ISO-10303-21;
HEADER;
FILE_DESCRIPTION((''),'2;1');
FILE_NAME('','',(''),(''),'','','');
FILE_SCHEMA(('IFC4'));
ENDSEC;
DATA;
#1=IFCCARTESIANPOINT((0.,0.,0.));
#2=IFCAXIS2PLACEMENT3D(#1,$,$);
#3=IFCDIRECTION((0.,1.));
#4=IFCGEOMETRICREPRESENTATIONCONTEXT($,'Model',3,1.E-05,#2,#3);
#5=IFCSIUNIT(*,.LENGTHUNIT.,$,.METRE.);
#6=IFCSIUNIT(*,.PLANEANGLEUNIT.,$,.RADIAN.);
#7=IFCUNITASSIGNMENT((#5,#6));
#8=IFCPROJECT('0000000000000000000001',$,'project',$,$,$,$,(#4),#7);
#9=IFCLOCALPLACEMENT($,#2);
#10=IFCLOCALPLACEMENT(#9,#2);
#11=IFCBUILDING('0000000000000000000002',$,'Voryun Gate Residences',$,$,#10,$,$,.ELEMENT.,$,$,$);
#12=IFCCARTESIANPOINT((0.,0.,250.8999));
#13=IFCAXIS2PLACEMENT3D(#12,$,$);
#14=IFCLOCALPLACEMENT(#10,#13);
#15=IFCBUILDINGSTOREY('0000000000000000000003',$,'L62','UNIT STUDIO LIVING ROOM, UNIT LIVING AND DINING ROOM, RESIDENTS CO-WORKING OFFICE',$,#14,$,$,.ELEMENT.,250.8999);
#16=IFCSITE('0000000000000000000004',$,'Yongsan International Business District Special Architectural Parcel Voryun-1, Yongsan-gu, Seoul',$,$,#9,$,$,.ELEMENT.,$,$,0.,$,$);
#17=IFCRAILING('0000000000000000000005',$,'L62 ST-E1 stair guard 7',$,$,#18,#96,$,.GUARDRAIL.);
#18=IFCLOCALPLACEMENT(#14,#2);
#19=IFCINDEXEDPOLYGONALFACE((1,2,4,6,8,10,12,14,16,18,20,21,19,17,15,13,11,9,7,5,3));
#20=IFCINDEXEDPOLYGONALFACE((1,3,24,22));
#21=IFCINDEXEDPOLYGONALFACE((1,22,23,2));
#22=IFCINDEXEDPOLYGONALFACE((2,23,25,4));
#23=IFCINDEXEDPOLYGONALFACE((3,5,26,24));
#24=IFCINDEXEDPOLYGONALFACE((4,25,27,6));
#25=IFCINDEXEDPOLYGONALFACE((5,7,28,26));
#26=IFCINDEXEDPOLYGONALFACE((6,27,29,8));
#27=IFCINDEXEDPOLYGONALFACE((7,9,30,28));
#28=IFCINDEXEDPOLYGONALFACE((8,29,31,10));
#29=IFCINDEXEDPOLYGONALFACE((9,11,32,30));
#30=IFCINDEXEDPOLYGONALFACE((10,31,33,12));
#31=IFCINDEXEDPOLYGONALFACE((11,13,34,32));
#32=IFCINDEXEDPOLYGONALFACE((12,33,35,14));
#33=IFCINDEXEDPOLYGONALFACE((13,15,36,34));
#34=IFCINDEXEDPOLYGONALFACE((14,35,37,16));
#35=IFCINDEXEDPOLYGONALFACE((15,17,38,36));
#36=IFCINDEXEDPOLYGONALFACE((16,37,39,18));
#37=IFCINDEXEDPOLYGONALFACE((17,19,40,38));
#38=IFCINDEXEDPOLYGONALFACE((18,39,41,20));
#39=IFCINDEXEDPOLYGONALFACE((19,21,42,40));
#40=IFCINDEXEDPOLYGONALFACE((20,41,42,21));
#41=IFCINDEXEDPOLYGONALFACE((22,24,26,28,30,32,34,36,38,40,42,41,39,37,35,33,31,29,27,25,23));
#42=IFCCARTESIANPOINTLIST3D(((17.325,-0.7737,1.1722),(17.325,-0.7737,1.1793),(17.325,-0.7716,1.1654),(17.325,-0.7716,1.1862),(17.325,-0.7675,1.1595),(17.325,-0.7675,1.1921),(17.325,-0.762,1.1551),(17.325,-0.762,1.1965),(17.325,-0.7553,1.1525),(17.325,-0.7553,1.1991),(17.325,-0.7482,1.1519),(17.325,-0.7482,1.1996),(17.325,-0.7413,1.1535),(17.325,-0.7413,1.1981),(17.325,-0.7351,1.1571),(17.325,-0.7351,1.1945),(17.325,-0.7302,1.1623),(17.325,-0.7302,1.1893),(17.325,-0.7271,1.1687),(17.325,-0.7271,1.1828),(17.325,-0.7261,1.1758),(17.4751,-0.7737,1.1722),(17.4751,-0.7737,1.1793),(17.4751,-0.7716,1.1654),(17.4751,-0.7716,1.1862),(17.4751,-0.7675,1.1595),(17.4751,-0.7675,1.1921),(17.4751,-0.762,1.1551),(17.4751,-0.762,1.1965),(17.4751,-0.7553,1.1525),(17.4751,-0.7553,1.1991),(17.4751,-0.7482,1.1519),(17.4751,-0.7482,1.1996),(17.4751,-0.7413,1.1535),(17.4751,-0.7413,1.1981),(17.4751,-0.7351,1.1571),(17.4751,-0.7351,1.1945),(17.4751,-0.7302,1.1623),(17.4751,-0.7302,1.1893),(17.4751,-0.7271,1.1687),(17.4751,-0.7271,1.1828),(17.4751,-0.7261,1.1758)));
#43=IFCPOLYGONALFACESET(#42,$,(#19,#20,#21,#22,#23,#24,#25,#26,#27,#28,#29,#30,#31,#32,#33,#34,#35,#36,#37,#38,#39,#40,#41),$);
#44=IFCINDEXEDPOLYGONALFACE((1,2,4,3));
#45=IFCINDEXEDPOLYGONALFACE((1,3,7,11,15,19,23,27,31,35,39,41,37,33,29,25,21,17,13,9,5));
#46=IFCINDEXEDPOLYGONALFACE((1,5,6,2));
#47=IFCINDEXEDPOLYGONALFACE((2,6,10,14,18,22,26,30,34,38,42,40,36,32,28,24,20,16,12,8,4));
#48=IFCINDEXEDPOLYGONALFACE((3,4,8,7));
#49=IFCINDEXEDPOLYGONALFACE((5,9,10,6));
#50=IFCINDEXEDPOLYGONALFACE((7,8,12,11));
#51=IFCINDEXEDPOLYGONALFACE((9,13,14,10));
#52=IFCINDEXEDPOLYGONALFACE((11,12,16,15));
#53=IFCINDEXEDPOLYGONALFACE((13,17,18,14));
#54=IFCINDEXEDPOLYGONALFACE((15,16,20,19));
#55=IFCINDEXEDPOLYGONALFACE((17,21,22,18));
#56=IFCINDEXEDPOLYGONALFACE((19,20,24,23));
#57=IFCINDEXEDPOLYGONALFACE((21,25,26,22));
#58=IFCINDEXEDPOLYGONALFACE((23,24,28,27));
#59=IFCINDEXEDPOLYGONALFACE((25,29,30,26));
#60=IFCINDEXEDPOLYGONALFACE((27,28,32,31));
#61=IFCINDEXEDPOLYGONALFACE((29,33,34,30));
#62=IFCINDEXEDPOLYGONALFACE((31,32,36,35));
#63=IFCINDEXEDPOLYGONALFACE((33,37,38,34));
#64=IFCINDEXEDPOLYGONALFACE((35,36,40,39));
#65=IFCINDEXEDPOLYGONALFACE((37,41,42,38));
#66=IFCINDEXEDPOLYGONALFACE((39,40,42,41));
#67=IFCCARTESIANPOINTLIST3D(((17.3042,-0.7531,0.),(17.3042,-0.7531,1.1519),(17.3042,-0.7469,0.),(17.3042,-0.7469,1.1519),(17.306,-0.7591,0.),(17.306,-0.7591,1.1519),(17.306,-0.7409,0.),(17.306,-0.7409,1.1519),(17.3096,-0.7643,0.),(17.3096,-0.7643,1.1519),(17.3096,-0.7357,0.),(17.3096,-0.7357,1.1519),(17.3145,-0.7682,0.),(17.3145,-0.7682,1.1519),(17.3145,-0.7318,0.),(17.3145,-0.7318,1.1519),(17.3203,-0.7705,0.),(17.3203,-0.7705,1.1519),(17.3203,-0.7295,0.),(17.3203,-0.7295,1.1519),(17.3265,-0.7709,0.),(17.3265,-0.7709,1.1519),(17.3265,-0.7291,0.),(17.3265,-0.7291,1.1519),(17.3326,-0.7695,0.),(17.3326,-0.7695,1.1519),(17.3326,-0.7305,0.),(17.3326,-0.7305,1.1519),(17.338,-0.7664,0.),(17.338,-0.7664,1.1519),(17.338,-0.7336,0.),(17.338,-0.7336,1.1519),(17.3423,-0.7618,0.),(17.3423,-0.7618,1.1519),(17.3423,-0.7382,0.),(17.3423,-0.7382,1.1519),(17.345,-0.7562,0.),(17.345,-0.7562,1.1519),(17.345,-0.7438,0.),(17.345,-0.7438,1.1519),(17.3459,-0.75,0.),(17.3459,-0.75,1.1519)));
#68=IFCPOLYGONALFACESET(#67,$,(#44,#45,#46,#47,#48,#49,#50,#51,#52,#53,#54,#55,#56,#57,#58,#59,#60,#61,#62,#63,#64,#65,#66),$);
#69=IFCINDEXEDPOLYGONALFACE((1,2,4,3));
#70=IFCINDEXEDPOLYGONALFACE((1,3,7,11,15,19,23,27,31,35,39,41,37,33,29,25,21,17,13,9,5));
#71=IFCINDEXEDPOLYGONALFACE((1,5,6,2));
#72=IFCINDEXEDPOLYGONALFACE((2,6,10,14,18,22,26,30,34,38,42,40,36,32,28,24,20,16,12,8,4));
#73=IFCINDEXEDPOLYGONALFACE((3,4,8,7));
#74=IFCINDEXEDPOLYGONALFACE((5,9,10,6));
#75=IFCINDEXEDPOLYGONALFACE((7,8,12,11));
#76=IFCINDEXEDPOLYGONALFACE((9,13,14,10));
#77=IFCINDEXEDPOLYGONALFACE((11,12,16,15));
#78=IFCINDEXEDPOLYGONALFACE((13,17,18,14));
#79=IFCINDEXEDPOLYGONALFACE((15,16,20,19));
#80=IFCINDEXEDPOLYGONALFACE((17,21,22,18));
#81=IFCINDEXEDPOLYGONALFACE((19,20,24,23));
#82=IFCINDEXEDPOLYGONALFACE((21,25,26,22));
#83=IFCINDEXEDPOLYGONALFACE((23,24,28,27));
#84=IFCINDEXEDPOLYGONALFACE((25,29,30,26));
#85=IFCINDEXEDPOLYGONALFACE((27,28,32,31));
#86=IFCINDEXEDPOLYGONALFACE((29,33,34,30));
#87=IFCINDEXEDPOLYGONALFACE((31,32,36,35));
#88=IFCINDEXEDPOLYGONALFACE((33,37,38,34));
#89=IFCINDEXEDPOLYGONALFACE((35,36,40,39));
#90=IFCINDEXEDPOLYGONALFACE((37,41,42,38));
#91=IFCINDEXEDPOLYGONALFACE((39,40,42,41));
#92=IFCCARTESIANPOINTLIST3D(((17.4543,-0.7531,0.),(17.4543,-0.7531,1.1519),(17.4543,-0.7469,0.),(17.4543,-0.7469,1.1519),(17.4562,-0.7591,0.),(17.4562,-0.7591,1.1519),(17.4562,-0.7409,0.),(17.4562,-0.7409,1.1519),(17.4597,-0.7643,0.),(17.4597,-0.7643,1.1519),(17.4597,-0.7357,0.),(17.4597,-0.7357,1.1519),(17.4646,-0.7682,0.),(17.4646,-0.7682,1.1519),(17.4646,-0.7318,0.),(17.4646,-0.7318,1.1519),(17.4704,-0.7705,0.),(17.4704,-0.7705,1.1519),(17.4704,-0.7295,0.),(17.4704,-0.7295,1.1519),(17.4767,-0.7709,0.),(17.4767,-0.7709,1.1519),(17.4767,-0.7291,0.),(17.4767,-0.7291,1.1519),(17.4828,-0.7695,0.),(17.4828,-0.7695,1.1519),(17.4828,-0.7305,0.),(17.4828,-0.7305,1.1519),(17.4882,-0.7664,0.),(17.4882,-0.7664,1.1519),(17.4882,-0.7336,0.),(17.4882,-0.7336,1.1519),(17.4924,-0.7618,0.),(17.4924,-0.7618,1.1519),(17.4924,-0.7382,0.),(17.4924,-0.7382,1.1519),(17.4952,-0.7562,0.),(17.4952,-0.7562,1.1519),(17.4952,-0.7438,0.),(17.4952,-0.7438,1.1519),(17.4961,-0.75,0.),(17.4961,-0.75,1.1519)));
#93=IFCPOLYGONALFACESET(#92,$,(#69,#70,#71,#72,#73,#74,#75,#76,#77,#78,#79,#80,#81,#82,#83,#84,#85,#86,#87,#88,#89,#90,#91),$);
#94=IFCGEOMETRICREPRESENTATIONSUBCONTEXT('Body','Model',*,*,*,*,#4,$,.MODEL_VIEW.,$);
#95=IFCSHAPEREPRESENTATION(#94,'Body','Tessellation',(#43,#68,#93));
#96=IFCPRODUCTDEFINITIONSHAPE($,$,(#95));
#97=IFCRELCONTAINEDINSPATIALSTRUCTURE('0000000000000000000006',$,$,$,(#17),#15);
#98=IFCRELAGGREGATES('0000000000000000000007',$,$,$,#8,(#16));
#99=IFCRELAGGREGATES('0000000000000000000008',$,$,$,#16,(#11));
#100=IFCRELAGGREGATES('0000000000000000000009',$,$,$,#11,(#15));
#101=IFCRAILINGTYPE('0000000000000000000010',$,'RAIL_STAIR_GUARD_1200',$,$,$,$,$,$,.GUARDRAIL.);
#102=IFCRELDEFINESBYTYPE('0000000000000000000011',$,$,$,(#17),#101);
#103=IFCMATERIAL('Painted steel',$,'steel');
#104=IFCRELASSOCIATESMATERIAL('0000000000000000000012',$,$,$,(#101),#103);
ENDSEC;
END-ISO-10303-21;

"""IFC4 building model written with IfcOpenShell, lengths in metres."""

from ifc_helpers import new_model, si_unit, direction, frame, origin, origin_2d, place, context, subcontext, project, spatial, circle, extrude, material, type_object, element, save


model = new_model("IFC4")

# Units and contexts
model_context = context("Model", 3, precision=1e-05, world=origin(), true_north=direction((0.0, 1.0)))
body_context = subcontext(model_context, "Body", "Model", "MODEL_VIEW")
ifc_project = project(units=[si_unit("LENGTHUNIT", "METRE"), si_unit("PLANEANGLEUNIT", "RADIAN")], contexts=[model_context])

# Site, building, storey
site_placement = place(None, origin())
site = spatial("IfcSite", under=ifc_project, at=site_placement, Name="Yongsan International Business District Special Architectural Parcel Voryun-1, Yongsan-gu, Seoul", CompositionType="ELEMENT", RefElevation=0.0)
building_placement = place(site_placement, origin())
building = spatial("IfcBuilding", under=site, at=building_placement, Name="Voryun Gate Residences", CompositionType="ELEMENT")
storey_placement = place(building_placement, frame((0.0, 0.0, 250.8999)))
storey = spatial("IfcBuildingStorey", under=building, at=storey_placement, Name="L62", Description="UNIT STUDIO LIVING ROOM, UNIT LIVING AND DINING ROOM, RESIDENTS CO-WORKING OFFICE", CompositionType="ELEMENT", Elevation=250.8999)

# Railing
ifc_material_1 = material(Name="Painted steel", Category="steel")
railing_type_1 = type_object("IfcRailingType", Name="RAIL_STAIR_GUARD_1200", PredefinedType="GUARDRAIL", material=ifc_material_1)
railing_1_placement = place(storey_placement, frame((17.325, -0.75, 0.0)))
element("IfcRailing", 1, at=railing_1_placement, inside=storey, type_object=railing_type_1, Name="L62 ST-E1 stair guard 7", PredefinedType="GUARDRAIL", context=body_context, shape_type="SweptSolid", body=[
    extrude(circle(Radius=0.0239, at=origin_2d()), frame((0.0, 0.0, 1.1758), z_axis=(1.0, 0.0, 0.0), x_axis=(0.0, 1.0, 0.0)), (0.0, 0.0, 1.0), 0.1501),
    extrude(circle(Radius=0.021, at=origin_2d()), origin(), (0.0, 0.0, 1.0), 1.1519),
    extrude(circle(Radius=0.021, at=origin_2d()), frame((0.1501, 0.0, 0.0)), (0.0, 0.0, 1.0), 1.1519),
])

save(model, "model.ifc")
